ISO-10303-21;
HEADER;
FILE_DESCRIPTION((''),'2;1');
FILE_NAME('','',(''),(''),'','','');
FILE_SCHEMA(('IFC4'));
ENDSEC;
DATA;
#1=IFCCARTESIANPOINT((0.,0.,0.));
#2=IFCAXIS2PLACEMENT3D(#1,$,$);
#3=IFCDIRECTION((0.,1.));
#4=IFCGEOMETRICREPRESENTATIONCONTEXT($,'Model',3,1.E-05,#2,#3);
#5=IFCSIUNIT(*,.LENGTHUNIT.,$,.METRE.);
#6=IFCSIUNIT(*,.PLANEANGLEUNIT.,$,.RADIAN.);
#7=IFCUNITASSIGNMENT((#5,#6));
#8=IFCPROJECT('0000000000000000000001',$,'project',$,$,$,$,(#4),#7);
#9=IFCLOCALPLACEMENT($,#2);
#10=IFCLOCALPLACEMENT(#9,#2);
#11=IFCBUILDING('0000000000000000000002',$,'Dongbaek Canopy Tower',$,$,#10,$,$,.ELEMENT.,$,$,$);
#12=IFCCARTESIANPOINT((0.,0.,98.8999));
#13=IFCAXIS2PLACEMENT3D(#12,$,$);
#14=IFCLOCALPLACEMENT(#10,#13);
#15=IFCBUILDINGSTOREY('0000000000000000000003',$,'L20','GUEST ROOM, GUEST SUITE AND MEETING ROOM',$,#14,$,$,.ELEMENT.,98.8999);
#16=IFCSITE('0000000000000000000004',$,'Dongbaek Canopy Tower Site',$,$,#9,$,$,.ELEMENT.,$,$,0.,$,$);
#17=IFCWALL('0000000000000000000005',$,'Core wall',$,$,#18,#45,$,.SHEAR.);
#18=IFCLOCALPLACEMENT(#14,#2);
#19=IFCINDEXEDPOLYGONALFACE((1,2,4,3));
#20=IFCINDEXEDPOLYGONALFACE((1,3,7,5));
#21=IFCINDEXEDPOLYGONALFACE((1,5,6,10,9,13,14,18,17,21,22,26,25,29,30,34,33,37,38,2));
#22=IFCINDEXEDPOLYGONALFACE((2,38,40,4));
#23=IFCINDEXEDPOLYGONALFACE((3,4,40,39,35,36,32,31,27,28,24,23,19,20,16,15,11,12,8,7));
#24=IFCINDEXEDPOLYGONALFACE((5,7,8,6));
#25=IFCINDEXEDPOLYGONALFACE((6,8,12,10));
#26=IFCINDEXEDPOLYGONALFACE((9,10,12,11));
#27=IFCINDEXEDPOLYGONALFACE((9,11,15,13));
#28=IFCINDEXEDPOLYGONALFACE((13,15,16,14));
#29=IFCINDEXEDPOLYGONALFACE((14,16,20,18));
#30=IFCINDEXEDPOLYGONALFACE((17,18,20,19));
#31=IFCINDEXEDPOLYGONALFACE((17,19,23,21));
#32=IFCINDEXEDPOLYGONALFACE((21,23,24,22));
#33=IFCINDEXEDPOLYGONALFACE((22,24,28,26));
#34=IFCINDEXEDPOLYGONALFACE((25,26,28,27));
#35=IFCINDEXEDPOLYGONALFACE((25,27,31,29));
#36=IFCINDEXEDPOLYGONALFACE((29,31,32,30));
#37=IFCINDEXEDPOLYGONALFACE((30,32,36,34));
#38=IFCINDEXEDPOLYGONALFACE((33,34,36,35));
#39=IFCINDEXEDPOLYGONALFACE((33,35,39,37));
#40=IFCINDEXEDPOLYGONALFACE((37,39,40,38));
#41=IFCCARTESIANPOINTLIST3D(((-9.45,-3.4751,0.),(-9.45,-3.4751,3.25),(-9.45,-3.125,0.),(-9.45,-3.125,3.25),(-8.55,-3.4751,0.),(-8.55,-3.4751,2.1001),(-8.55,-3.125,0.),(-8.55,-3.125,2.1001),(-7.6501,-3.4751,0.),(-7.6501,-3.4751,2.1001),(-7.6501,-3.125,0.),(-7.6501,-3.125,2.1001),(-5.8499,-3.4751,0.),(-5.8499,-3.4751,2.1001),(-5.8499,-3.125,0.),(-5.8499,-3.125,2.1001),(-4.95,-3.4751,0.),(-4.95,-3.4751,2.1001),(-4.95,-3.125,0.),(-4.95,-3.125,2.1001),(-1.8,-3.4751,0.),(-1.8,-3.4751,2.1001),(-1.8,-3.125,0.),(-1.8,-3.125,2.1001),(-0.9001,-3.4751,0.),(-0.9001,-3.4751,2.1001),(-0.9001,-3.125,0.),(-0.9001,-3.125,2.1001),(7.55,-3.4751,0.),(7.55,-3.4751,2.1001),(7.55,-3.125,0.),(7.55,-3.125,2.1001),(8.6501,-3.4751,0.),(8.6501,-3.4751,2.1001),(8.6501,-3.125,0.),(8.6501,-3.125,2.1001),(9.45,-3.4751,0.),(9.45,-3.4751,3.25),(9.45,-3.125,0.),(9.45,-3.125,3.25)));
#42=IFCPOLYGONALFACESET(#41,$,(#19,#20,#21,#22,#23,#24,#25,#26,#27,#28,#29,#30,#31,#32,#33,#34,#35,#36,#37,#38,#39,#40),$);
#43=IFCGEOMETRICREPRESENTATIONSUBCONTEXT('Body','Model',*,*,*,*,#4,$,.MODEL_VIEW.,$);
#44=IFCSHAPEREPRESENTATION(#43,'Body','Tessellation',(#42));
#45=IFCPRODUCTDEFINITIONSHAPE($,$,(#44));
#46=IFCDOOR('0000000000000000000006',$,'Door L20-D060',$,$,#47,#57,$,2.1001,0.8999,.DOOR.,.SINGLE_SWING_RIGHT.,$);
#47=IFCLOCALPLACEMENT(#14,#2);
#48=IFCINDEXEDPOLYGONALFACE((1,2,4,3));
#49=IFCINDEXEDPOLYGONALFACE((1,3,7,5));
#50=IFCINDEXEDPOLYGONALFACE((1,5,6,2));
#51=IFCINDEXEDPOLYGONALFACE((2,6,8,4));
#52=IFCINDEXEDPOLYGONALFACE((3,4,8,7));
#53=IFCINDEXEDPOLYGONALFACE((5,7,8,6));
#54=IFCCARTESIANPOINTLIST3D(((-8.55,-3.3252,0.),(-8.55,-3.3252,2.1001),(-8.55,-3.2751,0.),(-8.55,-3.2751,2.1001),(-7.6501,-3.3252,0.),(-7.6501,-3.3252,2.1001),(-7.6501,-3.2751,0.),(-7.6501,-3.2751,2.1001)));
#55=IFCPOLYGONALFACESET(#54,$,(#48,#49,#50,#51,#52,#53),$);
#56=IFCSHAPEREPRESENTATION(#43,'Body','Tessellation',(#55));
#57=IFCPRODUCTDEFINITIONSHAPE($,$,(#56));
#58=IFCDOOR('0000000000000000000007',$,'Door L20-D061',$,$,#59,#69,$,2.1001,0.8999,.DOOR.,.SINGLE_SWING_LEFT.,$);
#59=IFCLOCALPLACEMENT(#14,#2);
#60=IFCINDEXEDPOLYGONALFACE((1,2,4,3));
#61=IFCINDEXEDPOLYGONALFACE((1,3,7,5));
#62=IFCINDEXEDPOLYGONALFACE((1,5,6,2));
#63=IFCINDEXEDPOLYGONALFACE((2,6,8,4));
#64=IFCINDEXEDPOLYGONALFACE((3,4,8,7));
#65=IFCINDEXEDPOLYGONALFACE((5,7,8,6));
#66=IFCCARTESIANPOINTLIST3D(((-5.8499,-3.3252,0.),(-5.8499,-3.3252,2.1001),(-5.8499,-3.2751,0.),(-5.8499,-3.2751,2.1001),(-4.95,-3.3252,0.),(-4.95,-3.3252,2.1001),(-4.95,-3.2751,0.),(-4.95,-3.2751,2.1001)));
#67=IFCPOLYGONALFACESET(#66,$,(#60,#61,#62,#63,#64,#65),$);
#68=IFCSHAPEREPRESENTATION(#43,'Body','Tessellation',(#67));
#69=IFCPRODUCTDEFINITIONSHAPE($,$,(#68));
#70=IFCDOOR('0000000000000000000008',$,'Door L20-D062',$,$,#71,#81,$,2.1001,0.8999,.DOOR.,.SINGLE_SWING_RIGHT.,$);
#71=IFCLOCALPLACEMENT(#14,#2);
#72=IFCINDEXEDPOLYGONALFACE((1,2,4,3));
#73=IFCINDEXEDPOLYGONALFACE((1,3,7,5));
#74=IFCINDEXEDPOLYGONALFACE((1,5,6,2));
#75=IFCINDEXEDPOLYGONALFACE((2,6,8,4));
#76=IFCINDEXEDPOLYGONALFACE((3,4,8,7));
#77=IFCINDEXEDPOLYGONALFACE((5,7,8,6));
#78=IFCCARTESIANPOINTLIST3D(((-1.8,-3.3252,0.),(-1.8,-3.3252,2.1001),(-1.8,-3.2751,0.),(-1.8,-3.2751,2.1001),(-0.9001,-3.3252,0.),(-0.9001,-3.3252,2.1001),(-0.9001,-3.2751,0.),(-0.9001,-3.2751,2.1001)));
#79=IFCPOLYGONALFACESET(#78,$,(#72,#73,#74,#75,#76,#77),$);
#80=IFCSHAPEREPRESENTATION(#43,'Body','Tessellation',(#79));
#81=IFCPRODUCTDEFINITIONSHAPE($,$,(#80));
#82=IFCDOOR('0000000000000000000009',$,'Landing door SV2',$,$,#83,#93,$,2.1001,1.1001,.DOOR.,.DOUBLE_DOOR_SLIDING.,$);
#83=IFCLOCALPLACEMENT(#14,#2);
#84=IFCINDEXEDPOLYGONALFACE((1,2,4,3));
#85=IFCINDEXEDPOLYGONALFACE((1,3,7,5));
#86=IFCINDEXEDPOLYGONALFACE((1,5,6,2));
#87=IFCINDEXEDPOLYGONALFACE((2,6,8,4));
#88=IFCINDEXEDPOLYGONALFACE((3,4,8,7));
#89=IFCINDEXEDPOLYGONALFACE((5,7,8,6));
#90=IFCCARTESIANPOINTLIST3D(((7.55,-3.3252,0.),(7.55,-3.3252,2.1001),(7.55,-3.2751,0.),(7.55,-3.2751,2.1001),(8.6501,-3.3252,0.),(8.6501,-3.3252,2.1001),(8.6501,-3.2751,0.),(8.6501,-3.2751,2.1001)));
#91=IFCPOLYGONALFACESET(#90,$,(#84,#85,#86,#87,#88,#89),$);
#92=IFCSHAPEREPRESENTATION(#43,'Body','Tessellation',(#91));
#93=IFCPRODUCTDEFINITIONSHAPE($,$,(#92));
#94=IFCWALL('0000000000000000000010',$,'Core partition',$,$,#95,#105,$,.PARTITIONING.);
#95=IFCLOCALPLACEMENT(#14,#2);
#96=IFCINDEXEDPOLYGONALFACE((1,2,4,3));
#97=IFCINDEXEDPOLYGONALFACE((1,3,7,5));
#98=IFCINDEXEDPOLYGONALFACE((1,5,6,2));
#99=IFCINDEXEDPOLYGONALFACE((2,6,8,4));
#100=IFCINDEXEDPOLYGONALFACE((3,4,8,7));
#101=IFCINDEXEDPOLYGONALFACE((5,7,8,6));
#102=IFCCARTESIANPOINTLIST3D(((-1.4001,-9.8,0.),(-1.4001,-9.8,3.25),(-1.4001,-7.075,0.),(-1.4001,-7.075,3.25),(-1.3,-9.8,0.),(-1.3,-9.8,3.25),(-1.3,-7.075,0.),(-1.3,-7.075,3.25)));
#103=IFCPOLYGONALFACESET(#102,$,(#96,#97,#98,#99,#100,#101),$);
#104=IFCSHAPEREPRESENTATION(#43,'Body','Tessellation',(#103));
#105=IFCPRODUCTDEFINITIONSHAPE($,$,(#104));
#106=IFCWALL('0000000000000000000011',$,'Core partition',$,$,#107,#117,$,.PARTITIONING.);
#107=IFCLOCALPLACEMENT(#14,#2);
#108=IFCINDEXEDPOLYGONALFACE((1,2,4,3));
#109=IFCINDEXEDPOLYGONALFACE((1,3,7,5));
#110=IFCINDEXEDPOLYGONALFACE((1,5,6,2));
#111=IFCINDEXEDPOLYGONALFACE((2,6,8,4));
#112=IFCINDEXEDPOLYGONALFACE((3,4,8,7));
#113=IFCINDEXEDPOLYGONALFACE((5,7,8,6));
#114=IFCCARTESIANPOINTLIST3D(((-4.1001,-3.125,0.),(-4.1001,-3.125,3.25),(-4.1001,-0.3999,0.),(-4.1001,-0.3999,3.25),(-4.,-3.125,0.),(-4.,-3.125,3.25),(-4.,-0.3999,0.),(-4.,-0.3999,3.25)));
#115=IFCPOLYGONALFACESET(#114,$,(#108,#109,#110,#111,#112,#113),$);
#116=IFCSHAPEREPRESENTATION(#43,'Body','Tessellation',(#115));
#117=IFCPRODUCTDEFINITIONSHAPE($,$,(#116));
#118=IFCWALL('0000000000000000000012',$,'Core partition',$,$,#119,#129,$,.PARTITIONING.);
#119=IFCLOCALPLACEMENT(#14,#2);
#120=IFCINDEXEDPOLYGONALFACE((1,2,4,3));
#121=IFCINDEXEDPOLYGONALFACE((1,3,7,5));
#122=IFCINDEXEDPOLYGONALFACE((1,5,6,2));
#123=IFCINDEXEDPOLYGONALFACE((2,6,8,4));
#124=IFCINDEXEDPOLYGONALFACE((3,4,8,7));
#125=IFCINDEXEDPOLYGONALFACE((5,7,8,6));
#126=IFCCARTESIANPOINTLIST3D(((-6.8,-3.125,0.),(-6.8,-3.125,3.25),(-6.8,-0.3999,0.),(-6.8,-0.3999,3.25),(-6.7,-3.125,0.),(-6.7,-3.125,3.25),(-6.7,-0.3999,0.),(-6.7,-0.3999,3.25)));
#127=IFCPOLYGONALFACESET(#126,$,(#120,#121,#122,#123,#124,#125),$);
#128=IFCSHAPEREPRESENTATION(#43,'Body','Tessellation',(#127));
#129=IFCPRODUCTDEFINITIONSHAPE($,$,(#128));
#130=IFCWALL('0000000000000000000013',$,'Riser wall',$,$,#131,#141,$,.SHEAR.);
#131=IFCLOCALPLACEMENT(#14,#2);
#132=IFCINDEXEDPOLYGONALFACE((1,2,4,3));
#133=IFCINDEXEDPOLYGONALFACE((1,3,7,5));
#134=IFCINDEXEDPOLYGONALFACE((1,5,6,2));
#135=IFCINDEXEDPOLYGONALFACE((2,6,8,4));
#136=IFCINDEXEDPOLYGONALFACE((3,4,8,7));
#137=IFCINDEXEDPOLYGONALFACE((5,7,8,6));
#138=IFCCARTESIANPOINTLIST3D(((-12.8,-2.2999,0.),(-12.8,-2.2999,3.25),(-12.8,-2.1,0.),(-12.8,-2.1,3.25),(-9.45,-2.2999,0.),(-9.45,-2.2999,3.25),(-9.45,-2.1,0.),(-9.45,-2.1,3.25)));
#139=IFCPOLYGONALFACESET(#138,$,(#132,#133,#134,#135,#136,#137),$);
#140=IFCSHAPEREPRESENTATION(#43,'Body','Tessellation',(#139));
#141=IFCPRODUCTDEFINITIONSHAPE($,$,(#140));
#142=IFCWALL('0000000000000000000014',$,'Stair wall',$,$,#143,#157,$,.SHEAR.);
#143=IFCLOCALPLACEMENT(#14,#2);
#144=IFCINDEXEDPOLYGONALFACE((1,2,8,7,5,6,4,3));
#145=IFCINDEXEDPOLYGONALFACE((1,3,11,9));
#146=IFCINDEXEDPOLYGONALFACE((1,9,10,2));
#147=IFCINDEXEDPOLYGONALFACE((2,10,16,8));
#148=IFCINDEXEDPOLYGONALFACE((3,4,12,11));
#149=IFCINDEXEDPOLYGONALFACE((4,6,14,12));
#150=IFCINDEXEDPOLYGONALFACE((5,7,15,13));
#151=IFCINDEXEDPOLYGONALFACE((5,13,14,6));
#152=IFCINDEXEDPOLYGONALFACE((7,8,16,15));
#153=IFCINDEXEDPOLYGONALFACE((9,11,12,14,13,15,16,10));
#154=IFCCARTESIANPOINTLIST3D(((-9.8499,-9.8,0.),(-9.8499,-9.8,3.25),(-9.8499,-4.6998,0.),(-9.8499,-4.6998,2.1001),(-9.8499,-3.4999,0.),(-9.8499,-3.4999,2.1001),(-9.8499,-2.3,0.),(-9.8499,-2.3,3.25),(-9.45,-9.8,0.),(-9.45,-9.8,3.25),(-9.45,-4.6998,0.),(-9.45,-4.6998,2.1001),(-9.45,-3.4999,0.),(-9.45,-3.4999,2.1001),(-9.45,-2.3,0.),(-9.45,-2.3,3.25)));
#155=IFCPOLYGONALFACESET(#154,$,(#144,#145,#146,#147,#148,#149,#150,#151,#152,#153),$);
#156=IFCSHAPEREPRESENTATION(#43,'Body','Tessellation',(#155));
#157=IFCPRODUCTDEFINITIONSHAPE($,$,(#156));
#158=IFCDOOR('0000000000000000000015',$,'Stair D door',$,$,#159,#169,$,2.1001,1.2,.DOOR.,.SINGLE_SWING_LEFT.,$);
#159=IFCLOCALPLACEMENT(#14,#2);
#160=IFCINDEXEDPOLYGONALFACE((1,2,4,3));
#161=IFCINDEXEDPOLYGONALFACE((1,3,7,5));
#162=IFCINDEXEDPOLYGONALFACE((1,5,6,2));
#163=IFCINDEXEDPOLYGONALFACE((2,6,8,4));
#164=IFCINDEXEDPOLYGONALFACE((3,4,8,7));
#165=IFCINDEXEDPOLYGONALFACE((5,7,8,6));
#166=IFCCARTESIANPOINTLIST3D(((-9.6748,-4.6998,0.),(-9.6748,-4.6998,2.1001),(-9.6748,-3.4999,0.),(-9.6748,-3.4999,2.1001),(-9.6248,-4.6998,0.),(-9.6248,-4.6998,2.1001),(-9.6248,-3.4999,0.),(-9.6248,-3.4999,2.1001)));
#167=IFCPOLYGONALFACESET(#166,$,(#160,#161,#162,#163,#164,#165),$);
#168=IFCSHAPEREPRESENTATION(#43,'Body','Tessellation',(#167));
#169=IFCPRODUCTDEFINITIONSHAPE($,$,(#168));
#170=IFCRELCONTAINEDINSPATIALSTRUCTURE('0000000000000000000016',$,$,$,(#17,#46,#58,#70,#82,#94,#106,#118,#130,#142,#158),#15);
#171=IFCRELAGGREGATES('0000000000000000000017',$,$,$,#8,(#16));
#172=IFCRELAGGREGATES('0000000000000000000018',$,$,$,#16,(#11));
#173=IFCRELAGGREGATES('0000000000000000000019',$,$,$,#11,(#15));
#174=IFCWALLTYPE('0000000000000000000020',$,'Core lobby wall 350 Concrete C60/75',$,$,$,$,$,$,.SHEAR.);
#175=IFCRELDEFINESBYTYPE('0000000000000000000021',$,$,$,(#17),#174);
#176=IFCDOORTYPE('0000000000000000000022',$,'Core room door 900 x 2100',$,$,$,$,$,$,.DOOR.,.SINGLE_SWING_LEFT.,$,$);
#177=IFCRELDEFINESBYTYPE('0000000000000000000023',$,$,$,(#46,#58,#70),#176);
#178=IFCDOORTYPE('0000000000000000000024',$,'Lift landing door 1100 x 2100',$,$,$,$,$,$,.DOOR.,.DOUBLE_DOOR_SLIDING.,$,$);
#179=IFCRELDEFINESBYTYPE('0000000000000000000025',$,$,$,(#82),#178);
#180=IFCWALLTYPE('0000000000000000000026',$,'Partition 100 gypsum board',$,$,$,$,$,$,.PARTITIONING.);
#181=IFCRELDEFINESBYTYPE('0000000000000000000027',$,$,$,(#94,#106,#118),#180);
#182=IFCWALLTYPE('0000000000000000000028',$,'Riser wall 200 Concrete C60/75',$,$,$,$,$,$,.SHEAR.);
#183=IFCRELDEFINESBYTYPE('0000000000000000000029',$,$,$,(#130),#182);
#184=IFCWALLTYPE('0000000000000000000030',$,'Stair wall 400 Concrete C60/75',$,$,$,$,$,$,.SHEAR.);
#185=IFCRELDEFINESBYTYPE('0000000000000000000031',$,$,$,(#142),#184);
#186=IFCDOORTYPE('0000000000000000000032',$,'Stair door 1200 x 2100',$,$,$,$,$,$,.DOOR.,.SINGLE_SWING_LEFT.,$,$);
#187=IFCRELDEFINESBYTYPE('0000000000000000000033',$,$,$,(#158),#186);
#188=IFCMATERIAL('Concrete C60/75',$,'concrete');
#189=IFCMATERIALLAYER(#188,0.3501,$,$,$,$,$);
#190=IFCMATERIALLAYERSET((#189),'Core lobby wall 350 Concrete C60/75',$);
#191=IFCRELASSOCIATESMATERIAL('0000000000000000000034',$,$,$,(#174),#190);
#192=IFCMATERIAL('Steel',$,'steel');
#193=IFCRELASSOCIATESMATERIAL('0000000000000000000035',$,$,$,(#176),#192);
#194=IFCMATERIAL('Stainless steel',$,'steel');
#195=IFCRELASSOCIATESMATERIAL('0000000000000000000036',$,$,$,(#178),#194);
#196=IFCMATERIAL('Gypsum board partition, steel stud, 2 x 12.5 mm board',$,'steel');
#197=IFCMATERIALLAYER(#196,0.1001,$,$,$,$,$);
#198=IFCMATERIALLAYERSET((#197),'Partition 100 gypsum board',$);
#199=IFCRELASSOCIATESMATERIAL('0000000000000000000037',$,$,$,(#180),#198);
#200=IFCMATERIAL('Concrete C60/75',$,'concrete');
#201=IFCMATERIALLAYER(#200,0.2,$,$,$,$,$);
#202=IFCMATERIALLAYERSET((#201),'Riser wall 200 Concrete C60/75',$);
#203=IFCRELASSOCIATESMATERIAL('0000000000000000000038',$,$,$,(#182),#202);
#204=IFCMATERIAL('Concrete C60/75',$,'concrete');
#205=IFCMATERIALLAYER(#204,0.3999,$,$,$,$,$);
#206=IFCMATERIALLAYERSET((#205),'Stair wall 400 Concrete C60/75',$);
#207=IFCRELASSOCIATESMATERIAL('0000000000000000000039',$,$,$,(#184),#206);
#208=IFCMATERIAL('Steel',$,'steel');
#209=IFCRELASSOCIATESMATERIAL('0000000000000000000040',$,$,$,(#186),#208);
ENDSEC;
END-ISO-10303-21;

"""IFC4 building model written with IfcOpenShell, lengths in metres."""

from ifc_helpers import new_model, si_unit, direction, frame, frame_2d, origin, place, context, subcontext, project, spatial, rectangle, extrude, material, layer, layer_set, type_object, element, fill, save


model = new_model("IFC4")

# Units and contexts
model_context = context("Model", 3, precision=1e-05, world=origin(), true_north=direction((0.0, 1.0)))
body_context = subcontext(model_context, "Body", "Model", "MODEL_VIEW")
ifc_project = project(units=[si_unit("LENGTHUNIT", "METRE"), si_unit("PLANEANGLEUNIT", "RADIAN")], contexts=[model_context])

# Site, building, storey
site_placement = place(None, origin())
site = spatial("IfcSite", under=ifc_project, at=site_placement, Name="Dongbaek Canopy Tower Site", CompositionType="ELEMENT", RefElevation=0.0)
building_placement = place(site_placement, origin())
building = spatial("IfcBuilding", under=site, at=building_placement, Name="Dongbaek Canopy Tower", CompositionType="ELEMENT")
storey_placement = place(building_placement, frame((0.0, 0.0, 98.8999)))
storey = spatial("IfcBuildingStorey", under=building, at=storey_placement, Name="L20", Description="GUEST ROOM, GUEST SUITE AND MEETING ROOM", CompositionType="ELEMENT", Elevation=98.8999)

# Wall, openings, doors
ifc_material_1 = material(Name="Concrete C60/75", Category="concrete")
ifc_layer_1 = layer(ifc_material_1, 0.3501)
ifc_layer_set_1 = layer_set([ifc_layer_1], Name="Core lobby wall 350 Concrete C60/75")
wall_type_1 = type_object("IfcWallType", Name="Core lobby wall 350 Concrete C60/75", PredefinedType="SHEAR", material=ifc_layer_set_1)
wall_1_placement = place(storey_placement, frame((-9.45, -3.3, 0.0), z_axis=(0.0, 0.0, 1.0), x_axis=(1.0, 0.0, 0.0)))
wall_1 = element("IfcWall", 1, at=wall_1_placement, inside=storey, type_object=wall_type_1, Name="Core wall", PredefinedType="SHEAR", context=body_context, shape_type="SweptSolid", body=[
    extrude(rectangle(XDim=18.8999, YDim=0.3501, at=frame_2d((9.45, 0.0))), origin(), (0.0, 0.0, 1.0), 3.25),
])
opening_1_placement = place(wall_1_placement, frame((17.0, 0.0, 0.0)))
opening_1 = element("IfcOpeningElement", 2, at=opening_1_placement, cuts=wall_1, PredefinedType="OPENING", context=body_context, shape_type="SweptSolid", body=[
    extrude(rectangle(XDim=1.1001, YDim=2.1001, at=frame_2d((0.55, 1.05))), frame((0.0, 0.1851, 0.0), z_axis=(0.0, -1.0, 0.0), x_axis=(1.0, 0.0, 0.0)), (0.0, 0.0, 1.0), 0.3701),
])
opening_2_placement = place(wall_1_placement, frame((0.8999, 0.0, 0.0)))
opening_2 = element("IfcOpeningElement", 3, at=opening_2_placement, cuts=wall_1, PredefinedType="OPENING", context=body_context, shape_type="SweptSolid", body=[
    extrude(rectangle(XDim=0.8999, YDim=2.1001, at=frame_2d((0.45, 1.05))), frame((0.0, 0.1851, 0.0), z_axis=(0.0, -1.0, 0.0), x_axis=(1.0, 0.0, 0.0)), (0.0, 0.0, 1.0), 0.3701),
])
opening_3_placement = place(wall_1_placement, frame((3.6001, 0.0, 0.0)))
opening_3 = element("IfcOpeningElement", 4, at=opening_3_placement, cuts=wall_1, PredefinedType="OPENING", context=body_context, shape_type="SweptSolid", body=[
    extrude(rectangle(XDim=0.8999, YDim=2.1001, at=frame_2d((0.45, 1.05))), frame((0.0, 0.1851, 0.0), z_axis=(0.0, -1.0, 0.0), x_axis=(1.0, 0.0, 0.0)), (0.0, 0.0, 1.0), 0.3701),
])
opening_4_placement = place(wall_1_placement, frame((7.6499, 0.0, 0.0)))
opening_4 = element("IfcOpeningElement", 5, at=opening_4_placement, cuts=wall_1, PredefinedType="OPENING", context=body_context, shape_type="SweptSolid", body=[
    extrude(rectangle(XDim=0.8999, YDim=2.1001, at=frame_2d((0.45, 1.05))), frame((0.0, 0.1851, 0.0), z_axis=(0.0, -1.0, 0.0), x_axis=(1.0, 0.0, 0.0)), (0.0, 0.0, 1.0), 0.3701),
])
ifc_material_2 = material(Name="Steel", Category="steel")
door_type_1 = type_object("IfcDoorType", Name="Core room door 900 x 2100", OperationType="SINGLE_SWING_LEFT", PredefinedType="DOOR", material=ifc_material_2)
door_1_placement = place(opening_2_placement, origin())
door_1 = element("IfcDoor", 6, at=door_1_placement, inside=storey, type_object=door_type_1, Name="Door L20-D060", OperationType="SINGLE_SWING_RIGHT", OverallHeight=2.1001, OverallWidth=0.8999, PredefinedType="DOOR", context=body_context, shape_type="SweptSolid", body=[
    extrude(rectangle(XDim=0.8999, YDim=2.1001, at=frame_2d((0.45, 1.05))), frame((0.0, 0.0249, 0.0), z_axis=(0.0, -1.0, 0.0), x_axis=(1.0, 0.0, 0.0)), (0.0, 0.0, 1.0), 0.05),
])
fill(opening_2, door_1)
door_2_placement = place(opening_3_placement, origin())
door_2 = element("IfcDoor", 7, at=door_2_placement, inside=storey, type_object=door_type_1, Name="Door L20-D061", OperationType="SINGLE_SWING_LEFT", OverallHeight=2.1001, OverallWidth=0.8999, PredefinedType="DOOR", context=body_context, shape_type="SweptSolid", body=[
    extrude(rectangle(XDim=0.8999, YDim=2.1001, at=frame_2d((0.45, 1.05))), frame((0.0, 0.0249, 0.0), z_axis=(0.0, -1.0, 0.0), x_axis=(1.0, 0.0, 0.0)), (0.0, 0.0, 1.0), 0.05),
])
fill(opening_3, door_2)
door_3_placement = place(opening_4_placement, origin())
door_3 = element("IfcDoor", 8, at=door_3_placement, inside=storey, type_object=door_type_1, Name="Door L20-D062", OperationType="SINGLE_SWING_RIGHT", OverallHeight=2.1001, OverallWidth=0.8999, PredefinedType="DOOR", context=body_context, shape_type="SweptSolid", body=[
    extrude(rectangle(XDim=0.8999, YDim=2.1001, at=frame_2d((0.45, 1.05))), frame((0.0, 0.0249, 0.0), z_axis=(0.0, -1.0, 0.0), x_axis=(1.0, 0.0, 0.0)), (0.0, 0.0, 1.0), 0.05),
])
fill(opening_4, door_3)
ifc_material_3 = material(Name="Stainless steel", Category="steel")
door_type_2 = type_object("IfcDoorType", Name="Lift landing door 1100 x 2100", OperationType="DOUBLE_DOOR_SLIDING", PredefinedType="DOOR", material=ifc_material_3)
door_4_placement = place(opening_1_placement, origin())
door_4 = element("IfcDoor", 9, at=door_4_placement, inside=storey, type_object=door_type_2, Name="Landing door SV2", OperationType="DOUBLE_DOOR_SLIDING", OverallHeight=2.1001, OverallWidth=1.1001, PredefinedType="DOOR", context=body_context, shape_type="SweptSolid", body=[
    extrude(rectangle(XDim=1.1001, YDim=2.1001, at=frame_2d((0.55, 1.05))), frame((0.0, 0.0249, 0.0), z_axis=(0.0, -1.0, 0.0), x_axis=(1.0, 0.0, 0.0)), (0.0, 0.0, 1.0), 0.05),
])
fill(opening_1, door_4)

# Walls
ifc_material_4 = material(Name="Gypsum board partition, steel stud, 2 x 12.5 mm board", Category="steel")
ifc_layer_2 = layer(ifc_material_4, 0.1001)
ifc_layer_set_2 = layer_set([ifc_layer_2], Name="Partition 100 gypsum board")
wall_type_2 = type_object("IfcWallType", Name="Partition 100 gypsum board", PredefinedType="PARTITIONING", material=ifc_layer_set_2)
for number, where, z_axis, x_axis, name in (
    (10, (-1.3501, -9.8, 0.0), (0.0, 0.0, 1.0), (0.0, 1.0, 0.0), "Core partition"),
    (11, (-4.05, -3.125, 0.0), (0.0, 0.0, 1.0), (0.0, 1.0, 0.0), "Core partition"),
    (12, (-6.75, -3.125, 0.0), (0.0, 0.0, 1.0), (0.0, 1.0, 0.0), "Core partition"),
):
    element("IfcWall", number, at=place(storey_placement, frame(where, z_axis=z_axis, x_axis=x_axis)), inside=storey, type_object=wall_type_2, Name=name, PredefinedType="PARTITIONING", context=body_context, shape_type="SweptSolid", body=[
        extrude(rectangle(XDim=2.7251, YDim=0.1001, at=frame_2d((1.3625, 0.0))), origin(), (0.0, 0.0, 1.0), 3.25),
    ])
ifc_material_5 = material(Name="Concrete C60/75", Category="concrete")
ifc_layer_3 = layer(ifc_material_5, 0.2)
ifc_layer_set_3 = layer_set([ifc_layer_3], Name="Riser wall 200 Concrete C60/75")
wall_type_3 = type_object("IfcWallType", Name="Riser wall 200 Concrete C60/75", PredefinedType="SHEAR", material=ifc_layer_set_3)
wall_2_placement = place(storey_placement, frame((-9.45, -2.2, 0.0), z_axis=(0.0, 0.0, 1.0), x_axis=(-1.0, 0.0, 0.0)))
element("IfcWall", 13, at=wall_2_placement, inside=storey, type_object=wall_type_3, Name="Riser wall", PredefinedType="SHEAR", context=body_context, shape_type="SweptSolid", body=[
    extrude(rectangle(XDim=3.3501, YDim=0.2, at=frame_2d((1.675, 0.0))), origin(), (0.0, 0.0, 1.0), 3.25),
])

# Wall, opening, door
ifc_material_6 = material(Name="Concrete C60/75", Category="concrete")
ifc_layer_4 = layer(ifc_material_6, 0.3999)
ifc_layer_set_4 = layer_set([ifc_layer_4], Name="Stair wall 400 Concrete C60/75")
wall_type_4 = type_object("IfcWallType", Name="Stair wall 400 Concrete C60/75", PredefinedType="SHEAR", material=ifc_layer_set_4)
wall_3_placement = place(storey_placement, frame((-9.6499, -9.8, 0.0), z_axis=(0.0, 0.0, 1.0), x_axis=(0.0, 1.0, 0.0)))
wall_3 = element("IfcWall", 14, at=wall_3_placement, inside=storey, type_object=wall_type_4, Name="Stair wall", PredefinedType="SHEAR", context=body_context, shape_type="SweptSolid", body=[
    extrude(rectangle(XDim=7.5, YDim=0.3999, at=frame_2d((3.75, 0.0))), origin(), (0.0, 0.0, 1.0), 3.25),
])
opening_5_placement = place(wall_3_placement, frame((5.1001, 0.0, 0.0)))
opening_5 = element("IfcOpeningElement", 15, at=opening_5_placement, cuts=wall_3, PredefinedType="OPENING", context=body_context, shape_type="SweptSolid", body=[
    extrude(rectangle(XDim=1.2, YDim=2.1001, at=frame_2d((0.6001, 1.05))), frame((0.0, 0.21, 0.0), z_axis=(0.0, -1.0, 0.0), x_axis=(1.0, 0.0, 0.0)), (0.0, 0.0, 1.0), 0.4199),
])
ifc_material_7 = material(Name="Steel", Category="steel")
door_type_3 = type_object("IfcDoorType", Name="Stair door 1200 x 2100", OperationType="SINGLE_SWING_LEFT", PredefinedType="DOOR", material=ifc_material_7)
door_5_placement = place(opening_5_placement, origin())
door_5 = element("IfcDoor", 16, at=door_5_placement, inside=storey, type_object=door_type_3, Name="Stair D door", OperationType="SINGLE_SWING_LEFT", OverallHeight=2.1001, OverallWidth=1.2, PredefinedType="DOOR", context=body_context, shape_type="SweptSolid", body=[
    extrude(rectangle(XDim=1.2, YDim=2.1001, at=frame_2d((0.6001, 1.05))), frame((0.0, 0.0249, 0.0), z_axis=(0.0, -1.0, 0.0), x_axis=(1.0, 0.0, 0.0)), (0.0, 0.0, 1.0), 0.05),
])
fill(opening_5, door_5)

save(model, "model.ifc")
